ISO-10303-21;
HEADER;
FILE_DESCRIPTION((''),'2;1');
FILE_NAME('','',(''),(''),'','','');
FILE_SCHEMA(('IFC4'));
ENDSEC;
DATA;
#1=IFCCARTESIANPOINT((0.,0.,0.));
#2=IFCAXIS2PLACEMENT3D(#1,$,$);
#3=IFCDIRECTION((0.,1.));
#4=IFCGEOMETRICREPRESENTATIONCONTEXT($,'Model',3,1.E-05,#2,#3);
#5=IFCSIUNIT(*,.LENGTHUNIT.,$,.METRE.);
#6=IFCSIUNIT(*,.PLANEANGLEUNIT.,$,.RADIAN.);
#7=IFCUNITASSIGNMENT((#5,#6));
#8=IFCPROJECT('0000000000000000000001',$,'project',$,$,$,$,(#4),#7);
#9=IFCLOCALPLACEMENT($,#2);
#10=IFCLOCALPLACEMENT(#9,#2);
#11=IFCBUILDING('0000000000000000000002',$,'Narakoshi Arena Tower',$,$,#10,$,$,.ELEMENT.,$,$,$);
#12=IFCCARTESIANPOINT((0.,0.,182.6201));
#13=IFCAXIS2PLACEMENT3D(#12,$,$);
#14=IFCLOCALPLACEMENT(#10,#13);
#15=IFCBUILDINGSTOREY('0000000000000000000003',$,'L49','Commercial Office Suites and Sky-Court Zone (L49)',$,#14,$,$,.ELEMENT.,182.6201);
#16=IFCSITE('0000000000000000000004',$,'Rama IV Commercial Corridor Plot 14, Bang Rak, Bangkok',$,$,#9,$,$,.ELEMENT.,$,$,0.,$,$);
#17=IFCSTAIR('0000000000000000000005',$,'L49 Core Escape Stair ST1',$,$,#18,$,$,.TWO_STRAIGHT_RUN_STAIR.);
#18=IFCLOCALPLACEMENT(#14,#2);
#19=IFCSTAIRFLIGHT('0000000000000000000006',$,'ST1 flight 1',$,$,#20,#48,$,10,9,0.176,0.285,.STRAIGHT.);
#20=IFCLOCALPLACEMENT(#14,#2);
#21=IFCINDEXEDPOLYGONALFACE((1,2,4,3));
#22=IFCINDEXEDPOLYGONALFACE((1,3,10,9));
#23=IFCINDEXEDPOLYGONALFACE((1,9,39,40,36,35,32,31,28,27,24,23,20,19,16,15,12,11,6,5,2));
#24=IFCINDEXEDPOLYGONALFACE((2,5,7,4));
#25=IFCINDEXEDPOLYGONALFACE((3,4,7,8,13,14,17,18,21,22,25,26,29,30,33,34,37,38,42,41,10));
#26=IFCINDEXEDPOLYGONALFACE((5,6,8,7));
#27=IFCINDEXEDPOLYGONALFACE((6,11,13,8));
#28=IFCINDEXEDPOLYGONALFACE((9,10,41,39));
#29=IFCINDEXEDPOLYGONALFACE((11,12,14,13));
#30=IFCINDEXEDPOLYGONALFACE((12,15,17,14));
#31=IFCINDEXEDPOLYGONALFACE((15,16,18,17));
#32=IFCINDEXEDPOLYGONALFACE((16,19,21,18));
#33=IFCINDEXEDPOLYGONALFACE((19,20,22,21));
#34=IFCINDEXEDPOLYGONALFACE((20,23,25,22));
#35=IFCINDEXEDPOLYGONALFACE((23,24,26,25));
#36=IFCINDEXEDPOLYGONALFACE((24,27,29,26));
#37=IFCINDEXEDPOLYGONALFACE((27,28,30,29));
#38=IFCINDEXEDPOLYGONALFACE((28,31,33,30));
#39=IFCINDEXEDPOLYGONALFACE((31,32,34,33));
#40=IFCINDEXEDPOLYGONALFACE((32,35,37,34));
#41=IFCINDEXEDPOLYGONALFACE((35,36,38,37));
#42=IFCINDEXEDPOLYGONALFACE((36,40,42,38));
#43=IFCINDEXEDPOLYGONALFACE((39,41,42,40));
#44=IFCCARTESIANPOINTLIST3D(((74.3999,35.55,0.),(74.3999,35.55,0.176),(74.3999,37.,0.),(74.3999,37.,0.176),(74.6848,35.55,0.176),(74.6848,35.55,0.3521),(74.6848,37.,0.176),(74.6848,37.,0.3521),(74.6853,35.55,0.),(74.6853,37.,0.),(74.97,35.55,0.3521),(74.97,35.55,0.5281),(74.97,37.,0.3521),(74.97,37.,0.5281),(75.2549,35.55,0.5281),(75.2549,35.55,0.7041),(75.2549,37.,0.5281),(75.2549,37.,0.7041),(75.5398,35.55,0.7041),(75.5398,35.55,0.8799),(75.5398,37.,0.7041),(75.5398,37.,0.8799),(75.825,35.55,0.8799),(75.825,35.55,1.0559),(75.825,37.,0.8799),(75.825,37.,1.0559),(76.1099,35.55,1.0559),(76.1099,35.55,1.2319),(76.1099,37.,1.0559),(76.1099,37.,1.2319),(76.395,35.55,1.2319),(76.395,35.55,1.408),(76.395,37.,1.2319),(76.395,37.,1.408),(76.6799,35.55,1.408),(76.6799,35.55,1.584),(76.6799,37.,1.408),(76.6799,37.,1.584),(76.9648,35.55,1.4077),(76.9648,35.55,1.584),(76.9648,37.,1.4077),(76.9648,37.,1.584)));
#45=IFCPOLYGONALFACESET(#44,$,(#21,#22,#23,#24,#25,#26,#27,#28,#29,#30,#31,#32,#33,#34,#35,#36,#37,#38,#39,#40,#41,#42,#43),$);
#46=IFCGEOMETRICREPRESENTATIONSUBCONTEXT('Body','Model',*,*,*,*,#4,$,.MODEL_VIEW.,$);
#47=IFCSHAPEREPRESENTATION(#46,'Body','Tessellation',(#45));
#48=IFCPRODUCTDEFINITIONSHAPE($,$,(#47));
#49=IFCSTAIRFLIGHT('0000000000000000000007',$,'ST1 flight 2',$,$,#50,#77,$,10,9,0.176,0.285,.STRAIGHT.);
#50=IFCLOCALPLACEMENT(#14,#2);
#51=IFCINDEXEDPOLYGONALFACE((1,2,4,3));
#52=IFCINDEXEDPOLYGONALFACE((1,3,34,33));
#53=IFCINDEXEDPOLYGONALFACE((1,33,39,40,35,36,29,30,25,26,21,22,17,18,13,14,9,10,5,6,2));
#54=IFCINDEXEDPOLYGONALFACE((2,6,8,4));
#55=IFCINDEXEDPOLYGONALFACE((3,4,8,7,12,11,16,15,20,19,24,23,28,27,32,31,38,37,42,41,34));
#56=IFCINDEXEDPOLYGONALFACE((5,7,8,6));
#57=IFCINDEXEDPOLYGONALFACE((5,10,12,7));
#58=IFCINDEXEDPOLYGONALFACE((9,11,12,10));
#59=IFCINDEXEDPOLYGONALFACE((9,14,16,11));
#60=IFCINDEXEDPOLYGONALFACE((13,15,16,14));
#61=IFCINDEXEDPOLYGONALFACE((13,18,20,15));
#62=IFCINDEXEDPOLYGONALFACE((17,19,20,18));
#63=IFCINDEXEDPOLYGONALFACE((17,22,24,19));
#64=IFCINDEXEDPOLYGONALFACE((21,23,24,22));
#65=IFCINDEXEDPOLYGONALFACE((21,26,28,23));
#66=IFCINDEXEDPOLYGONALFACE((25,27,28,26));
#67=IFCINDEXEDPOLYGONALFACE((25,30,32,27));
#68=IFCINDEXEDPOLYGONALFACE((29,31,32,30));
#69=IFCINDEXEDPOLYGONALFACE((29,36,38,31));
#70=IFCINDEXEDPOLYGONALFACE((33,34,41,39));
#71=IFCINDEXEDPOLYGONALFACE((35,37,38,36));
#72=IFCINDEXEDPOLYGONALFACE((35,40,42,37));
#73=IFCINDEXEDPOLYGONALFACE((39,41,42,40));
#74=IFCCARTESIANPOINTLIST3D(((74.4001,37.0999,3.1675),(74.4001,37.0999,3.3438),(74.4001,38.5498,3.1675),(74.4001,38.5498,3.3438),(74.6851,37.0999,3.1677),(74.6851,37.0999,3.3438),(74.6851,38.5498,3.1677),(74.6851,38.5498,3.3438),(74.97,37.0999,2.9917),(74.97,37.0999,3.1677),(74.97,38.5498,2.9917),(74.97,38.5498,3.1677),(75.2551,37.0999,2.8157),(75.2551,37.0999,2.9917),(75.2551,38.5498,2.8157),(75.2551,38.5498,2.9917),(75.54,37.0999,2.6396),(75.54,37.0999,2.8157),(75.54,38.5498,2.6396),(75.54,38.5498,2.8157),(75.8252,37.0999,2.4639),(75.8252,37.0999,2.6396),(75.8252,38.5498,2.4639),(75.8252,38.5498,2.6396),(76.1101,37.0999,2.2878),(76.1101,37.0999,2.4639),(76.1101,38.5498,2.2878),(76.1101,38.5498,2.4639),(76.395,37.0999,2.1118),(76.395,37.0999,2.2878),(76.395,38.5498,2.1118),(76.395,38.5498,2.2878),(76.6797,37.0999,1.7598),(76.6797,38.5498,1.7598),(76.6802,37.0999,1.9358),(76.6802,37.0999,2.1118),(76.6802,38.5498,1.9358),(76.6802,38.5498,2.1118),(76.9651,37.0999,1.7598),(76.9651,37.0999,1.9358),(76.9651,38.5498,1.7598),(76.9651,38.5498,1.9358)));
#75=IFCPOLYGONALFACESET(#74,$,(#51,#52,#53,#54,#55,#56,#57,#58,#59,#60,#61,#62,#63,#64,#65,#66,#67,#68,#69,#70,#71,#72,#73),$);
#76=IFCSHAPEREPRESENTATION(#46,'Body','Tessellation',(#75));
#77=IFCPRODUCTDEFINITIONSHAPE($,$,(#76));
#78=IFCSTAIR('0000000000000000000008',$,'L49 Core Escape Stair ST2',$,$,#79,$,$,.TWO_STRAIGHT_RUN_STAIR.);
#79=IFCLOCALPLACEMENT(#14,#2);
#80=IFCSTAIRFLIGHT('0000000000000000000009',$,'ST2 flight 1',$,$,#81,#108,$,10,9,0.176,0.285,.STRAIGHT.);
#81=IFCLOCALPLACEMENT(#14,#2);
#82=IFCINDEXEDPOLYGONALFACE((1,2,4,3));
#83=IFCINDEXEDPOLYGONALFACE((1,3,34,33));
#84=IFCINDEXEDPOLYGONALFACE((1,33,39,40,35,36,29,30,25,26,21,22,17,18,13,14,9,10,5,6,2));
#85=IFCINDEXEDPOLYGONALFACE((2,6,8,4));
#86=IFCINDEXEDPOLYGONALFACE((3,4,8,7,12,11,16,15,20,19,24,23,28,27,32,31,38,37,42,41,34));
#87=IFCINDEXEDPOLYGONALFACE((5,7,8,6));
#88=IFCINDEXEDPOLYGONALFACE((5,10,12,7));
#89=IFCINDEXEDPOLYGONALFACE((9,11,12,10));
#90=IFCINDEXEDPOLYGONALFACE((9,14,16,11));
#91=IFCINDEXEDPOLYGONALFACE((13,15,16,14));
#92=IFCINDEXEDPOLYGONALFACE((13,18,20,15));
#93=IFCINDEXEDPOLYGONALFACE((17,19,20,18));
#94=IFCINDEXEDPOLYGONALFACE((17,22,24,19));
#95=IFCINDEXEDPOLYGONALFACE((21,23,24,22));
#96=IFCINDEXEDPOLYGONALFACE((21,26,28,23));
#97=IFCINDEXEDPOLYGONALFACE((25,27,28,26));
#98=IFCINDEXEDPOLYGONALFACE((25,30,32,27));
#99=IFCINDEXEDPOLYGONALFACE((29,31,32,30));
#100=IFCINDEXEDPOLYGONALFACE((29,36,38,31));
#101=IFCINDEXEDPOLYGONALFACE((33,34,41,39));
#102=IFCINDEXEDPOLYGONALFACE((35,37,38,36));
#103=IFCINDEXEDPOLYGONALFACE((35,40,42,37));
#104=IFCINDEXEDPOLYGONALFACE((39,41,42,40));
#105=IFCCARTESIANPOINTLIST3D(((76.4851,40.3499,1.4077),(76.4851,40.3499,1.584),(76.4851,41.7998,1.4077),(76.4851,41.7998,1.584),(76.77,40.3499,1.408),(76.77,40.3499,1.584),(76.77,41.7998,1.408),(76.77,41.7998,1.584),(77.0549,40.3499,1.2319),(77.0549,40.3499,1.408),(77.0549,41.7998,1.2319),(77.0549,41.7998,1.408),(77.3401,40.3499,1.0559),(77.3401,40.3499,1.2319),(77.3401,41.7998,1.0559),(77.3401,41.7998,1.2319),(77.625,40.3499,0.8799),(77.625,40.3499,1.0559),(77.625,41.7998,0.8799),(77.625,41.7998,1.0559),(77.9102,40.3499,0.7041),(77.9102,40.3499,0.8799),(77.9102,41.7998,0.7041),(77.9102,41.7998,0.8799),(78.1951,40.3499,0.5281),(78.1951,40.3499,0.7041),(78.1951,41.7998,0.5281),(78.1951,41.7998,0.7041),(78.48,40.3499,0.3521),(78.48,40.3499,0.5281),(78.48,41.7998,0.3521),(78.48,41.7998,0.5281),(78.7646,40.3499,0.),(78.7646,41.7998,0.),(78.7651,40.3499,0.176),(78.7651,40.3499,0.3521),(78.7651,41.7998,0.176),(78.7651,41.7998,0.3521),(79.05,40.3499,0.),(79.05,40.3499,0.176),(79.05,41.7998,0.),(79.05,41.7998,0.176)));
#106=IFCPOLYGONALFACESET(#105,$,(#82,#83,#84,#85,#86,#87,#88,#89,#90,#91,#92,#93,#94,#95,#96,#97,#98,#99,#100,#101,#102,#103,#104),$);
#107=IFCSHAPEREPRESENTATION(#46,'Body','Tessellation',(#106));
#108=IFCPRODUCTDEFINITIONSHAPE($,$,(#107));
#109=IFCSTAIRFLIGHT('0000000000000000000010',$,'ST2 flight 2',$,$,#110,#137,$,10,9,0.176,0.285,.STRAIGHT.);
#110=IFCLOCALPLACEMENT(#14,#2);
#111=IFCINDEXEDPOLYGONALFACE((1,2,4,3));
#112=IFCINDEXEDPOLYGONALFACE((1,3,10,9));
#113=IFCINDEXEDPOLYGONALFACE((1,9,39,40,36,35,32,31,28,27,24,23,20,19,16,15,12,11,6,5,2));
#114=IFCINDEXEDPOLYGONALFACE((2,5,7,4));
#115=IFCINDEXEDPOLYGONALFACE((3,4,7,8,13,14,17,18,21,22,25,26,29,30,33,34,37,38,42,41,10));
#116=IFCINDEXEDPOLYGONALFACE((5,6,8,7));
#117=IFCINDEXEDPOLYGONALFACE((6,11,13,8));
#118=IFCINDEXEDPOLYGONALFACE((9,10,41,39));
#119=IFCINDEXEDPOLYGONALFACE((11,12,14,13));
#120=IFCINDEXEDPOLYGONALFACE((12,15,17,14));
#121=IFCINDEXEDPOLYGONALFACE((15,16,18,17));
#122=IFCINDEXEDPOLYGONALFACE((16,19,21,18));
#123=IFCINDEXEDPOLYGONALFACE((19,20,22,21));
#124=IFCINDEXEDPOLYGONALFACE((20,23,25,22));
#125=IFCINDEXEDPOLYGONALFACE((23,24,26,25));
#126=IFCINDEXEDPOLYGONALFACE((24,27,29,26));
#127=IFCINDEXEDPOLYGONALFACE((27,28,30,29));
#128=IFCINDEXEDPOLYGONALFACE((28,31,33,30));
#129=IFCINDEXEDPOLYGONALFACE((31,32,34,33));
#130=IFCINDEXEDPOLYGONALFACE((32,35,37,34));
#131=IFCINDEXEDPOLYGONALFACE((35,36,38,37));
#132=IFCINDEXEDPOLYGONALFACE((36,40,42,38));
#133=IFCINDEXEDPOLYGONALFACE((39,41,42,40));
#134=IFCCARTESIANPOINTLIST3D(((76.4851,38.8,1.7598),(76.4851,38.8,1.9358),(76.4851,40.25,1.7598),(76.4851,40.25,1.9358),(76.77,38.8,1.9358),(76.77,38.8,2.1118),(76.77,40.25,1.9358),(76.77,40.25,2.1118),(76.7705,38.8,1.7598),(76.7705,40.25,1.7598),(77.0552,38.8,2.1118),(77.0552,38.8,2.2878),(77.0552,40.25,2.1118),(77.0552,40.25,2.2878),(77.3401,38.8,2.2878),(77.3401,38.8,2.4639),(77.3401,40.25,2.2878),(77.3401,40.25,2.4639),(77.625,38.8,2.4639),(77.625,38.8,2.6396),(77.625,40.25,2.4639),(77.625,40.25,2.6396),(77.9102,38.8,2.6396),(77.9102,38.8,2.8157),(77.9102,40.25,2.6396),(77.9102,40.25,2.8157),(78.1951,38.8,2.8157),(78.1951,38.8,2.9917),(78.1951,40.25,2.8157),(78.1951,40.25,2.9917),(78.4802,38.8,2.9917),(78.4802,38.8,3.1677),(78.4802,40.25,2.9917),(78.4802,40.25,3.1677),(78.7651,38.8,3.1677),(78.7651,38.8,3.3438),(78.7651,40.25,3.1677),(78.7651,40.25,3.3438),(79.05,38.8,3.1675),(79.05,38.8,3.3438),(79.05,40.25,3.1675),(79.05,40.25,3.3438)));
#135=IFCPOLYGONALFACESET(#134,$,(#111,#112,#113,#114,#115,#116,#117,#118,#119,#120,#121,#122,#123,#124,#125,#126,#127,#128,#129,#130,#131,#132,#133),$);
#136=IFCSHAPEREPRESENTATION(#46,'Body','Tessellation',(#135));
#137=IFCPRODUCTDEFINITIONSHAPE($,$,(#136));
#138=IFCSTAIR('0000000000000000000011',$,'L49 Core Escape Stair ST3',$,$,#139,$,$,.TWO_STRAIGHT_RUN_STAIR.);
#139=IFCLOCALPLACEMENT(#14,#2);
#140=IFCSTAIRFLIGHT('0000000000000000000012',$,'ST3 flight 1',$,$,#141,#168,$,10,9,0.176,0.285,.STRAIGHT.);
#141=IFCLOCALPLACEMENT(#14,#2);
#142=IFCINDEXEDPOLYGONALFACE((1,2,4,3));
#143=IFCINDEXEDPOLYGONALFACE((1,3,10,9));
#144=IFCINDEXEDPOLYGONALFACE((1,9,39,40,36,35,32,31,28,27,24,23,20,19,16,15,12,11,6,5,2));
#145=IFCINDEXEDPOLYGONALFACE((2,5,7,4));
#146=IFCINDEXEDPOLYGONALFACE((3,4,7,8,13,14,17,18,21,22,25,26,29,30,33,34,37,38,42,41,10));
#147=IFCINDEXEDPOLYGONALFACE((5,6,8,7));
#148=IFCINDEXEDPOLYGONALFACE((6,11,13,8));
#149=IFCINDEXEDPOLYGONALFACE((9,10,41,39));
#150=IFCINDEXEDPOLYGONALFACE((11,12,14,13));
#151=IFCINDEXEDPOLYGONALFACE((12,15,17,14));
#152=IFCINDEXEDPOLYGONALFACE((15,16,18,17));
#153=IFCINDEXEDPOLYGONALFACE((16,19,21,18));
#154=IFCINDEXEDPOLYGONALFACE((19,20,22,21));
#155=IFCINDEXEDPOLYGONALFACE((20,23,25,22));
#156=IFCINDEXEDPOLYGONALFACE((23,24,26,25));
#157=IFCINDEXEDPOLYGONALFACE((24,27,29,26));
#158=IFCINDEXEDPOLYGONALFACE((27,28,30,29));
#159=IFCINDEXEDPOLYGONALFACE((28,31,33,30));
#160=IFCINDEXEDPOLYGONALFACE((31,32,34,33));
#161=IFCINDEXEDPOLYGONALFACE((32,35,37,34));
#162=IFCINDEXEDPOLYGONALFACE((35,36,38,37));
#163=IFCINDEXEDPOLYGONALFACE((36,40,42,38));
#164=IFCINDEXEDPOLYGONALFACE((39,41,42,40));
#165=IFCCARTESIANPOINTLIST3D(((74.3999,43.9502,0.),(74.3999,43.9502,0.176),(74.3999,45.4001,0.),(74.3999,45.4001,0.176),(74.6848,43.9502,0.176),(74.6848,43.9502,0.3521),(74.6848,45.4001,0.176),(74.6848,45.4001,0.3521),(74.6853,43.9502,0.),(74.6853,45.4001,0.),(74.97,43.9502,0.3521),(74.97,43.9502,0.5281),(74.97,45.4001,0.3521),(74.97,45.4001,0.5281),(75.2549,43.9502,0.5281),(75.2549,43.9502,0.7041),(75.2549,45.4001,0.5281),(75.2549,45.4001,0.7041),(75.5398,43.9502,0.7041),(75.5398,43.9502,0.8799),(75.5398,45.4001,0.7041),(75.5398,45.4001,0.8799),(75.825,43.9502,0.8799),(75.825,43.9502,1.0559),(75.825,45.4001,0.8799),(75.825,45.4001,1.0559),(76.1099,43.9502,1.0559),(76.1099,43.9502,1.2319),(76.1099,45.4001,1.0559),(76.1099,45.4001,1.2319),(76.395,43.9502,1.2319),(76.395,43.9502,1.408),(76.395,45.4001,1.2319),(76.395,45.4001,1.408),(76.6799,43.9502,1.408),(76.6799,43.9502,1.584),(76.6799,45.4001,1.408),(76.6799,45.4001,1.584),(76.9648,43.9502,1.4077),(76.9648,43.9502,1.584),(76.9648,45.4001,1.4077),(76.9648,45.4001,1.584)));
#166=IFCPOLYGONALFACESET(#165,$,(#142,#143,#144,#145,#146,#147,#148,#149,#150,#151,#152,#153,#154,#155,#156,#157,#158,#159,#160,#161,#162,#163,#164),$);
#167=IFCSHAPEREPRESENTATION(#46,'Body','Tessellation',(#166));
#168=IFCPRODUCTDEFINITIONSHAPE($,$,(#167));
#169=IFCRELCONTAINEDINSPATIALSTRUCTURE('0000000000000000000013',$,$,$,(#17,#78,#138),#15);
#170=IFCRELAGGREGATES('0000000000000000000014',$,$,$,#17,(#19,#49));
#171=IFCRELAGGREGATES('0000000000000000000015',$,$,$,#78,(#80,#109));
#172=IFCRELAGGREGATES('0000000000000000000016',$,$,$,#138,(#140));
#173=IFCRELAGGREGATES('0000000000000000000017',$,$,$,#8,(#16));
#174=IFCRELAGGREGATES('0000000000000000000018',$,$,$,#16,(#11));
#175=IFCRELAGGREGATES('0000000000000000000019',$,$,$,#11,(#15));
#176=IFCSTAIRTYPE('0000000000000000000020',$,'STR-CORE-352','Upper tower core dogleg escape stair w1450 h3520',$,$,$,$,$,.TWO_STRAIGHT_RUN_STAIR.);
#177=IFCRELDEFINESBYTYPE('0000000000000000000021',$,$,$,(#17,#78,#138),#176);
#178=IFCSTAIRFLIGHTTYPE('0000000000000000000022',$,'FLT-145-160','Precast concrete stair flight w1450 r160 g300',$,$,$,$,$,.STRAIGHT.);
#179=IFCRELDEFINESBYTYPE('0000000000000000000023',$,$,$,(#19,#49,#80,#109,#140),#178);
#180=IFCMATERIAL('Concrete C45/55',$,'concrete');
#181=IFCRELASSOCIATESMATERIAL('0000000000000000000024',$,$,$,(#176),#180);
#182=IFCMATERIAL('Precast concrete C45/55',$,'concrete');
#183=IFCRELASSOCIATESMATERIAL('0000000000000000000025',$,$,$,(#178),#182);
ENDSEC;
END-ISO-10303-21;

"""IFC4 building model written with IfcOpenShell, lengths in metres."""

from ifc_helpers import new_model, si_unit, direction, frame, origin, place, context, subcontext, project, spatial, polyline, outline, extrude, material, type_object, element, aggregate, save


model = new_model("IFC4")

# Units and contexts
model_context = context("Model", 3, precision=1e-05, world=origin(), true_north=direction((0.0, 1.0)))
body_context = subcontext(model_context, "Body", "Model", "MODEL_VIEW")
ifc_project = project(units=[si_unit("LENGTHUNIT", "METRE"), si_unit("PLANEANGLEUNIT", "RADIAN")], contexts=[model_context])

# Site, building, storey
site_placement = place(None, origin())
site = spatial("IfcSite", under=ifc_project, at=site_placement, Name="Rama IV Commercial Corridor Plot 14, Bang Rak, Bangkok", CompositionType="ELEMENT", RefElevation=0.0)
building_placement = place(site_placement, origin())
building = spatial("IfcBuilding", under=site, at=building_placement, Name="Narakoshi Arena Tower", CompositionType="ELEMENT")
storey_placement = place(building_placement, frame((0.0, 0.0, 182.6201)))
storey = spatial("IfcBuildingStorey", under=building, at=storey_placement, Name="L49", Description="Commercial Office Suites and Sky-Court Zone (L49)", CompositionType="ELEMENT", Elevation=182.6201)

# Shared definitions
ifc_material_1 = material(Name="Precast concrete C45/55", Category="concrete")

# Stairs, stair flights
ifc_material_2 = material(Name="Concrete C45/55", Category="concrete")
stair_type = type_object("IfcStairType", Name="STR-CORE-352", Description="Upper tower core dogleg escape stair w1450 h3520", PredefinedType="TWO_STRAIGHT_RUN_STAIR", material=ifc_material_2)
stair_1_placement = place(storey_placement, origin())
stair_1 = element("IfcStair", 1, at=stair_1_placement, inside=storey, type_object=stair_type, Name="L49 Core Escape Stair ST1", PredefinedType="TWO_STRAIGHT_RUN_STAIR")
stair_flight_type = type_object("IfcStairFlightType", Name="FLT-145-160", Description="Precast concrete stair flight w1450 r160 g300", PredefinedType="STRAIGHT", material=ifc_material_1)
stair_flight_1_placement = place(storey_placement, frame((74.3999, 36.2749, 0.0), z_axis=(0.0, 0.0, 1.0), x_axis=(1.0, 0.0, 0.0)))
stair_flight_1 = element("IfcStairFlight", 2, at=stair_flight_1_placement, type_object=stair_flight_type, Name="ST1 flight 1", NumberOfRisers=10, NumberOfTreads=9, PredefinedType="STRAIGHT", RiserHeight=0.176, TreadLength=0.285, context=body_context, shape_type="SweptSolid", body=[
    extrude(outline(polyline([(0.0, 0.0), (0.0, 0.176), (0.2849, 0.176), (0.2849, 0.3521), (0.5701, 0.3521), (0.5701, 0.5281), (0.855, 0.5281), (0.855, 0.7041), (1.1399, 0.7041), (1.1399, 0.8799), (1.425, 0.8799), (1.425, 1.0559), (1.71, 1.0559), (1.71, 1.2319), (1.9951, 1.2319), (1.9951, 1.408), (2.28, 1.408), (2.28, 1.584), (2.5649, 1.584), (2.5649, 1.76), (2.5649, 1.4077), (0.2854, 0.0), (0.0, 0.0)])), frame((0.0, 0.7251, 0.0), z_axis=(0.0, -1.0, 0.0), x_axis=(1.0, 0.0, 0.0)), (0.0, 0.0, 1.0), 1.45),
])
stair_flight_2_placement = place(storey_placement, frame((76.9651, 37.825, 1.7598), z_axis=(0.0, 0.0, 1.0), x_axis=(-1.0, 0.0, 0.0)))
stair_flight_2 = element("IfcStairFlight", 3, at=stair_flight_2_placement, type_object=stair_flight_type, Name="ST1 flight 2", NumberOfRisers=10, NumberOfTreads=9, PredefinedType="STRAIGHT", RiserHeight=0.176, TreadLength=0.285, context=body_context, shape_type="SweptSolid", body=[
    extrude(outline(polyline([(0.0, 0.0), (0.0, 0.176), (0.2849, 0.176), (0.2849, 0.3521), (0.5701, 0.3521), (0.5701, 0.5281), (0.855, 0.5281), (0.855, 0.7041), (1.1399, 0.7041), (1.1399, 0.8799), (1.425, 0.8799), (1.425, 1.0559), (1.71, 1.0559), (1.71, 1.2319), (1.9951, 1.2319), (1.9951, 1.408), (2.28, 1.408), (2.28, 1.584), (2.5649, 1.584), (2.5649, 1.76), (2.5649, 1.4077), (0.2854, 0.0), (0.0, 0.0)])), frame((0.0, 0.7251, 0.0), z_axis=(0.0, -1.0, 0.0), x_axis=(1.0, 0.0, 0.0)), (0.0, 0.0, 1.0), 1.45),
])
aggregate(stair_1, [stair_flight_1, stair_flight_2])
stair_2_placement = place(storey_placement, origin())
stair_2 = element("IfcStair", 4, at=stair_2_placement, inside=storey, type_object=stair_type, Name="L49 Core Escape Stair ST2", PredefinedType="TWO_STRAIGHT_RUN_STAIR")
stair_flight_3_placement = place(storey_placement, frame((79.05, 41.075, 0.0), z_axis=(0.0, 0.0, 1.0), x_axis=(-1.0, 0.0, 0.0)))
stair_flight_3 = element("IfcStairFlight", 5, at=stair_flight_3_placement, type_object=stair_flight_type, Name="ST2 flight 1", NumberOfRisers=10, NumberOfTreads=9, PredefinedType="STRAIGHT", RiserHeight=0.176, TreadLength=0.285, context=body_context, shape_type="SweptSolid", body=[
    extrude(outline(polyline([(0.0, 0.0), (0.0, 0.176), (0.2849, 0.176), (0.2849, 0.3521), (0.5701, 0.3521), (0.5701, 0.5281), (0.855, 0.5281), (0.855, 0.7041), (1.1399, 0.7041), (1.1399, 0.8799), (1.425, 0.8799), (1.425, 1.0559), (1.71, 1.0559), (1.71, 1.2319), (1.9951, 1.2319), (1.9951, 1.408), (2.28, 1.408), (2.28, 1.584), (2.5649, 1.584), (2.5649, 1.76), (2.5649, 1.4077), (0.2854, 0.0), (0.0, 0.0)])), frame((0.0, 0.7251, 0.0), z_axis=(0.0, -1.0, 0.0), x_axis=(1.0, 0.0, 0.0)), (0.0, 0.0, 1.0), 1.45),
])
stair_flight_4_placement = place(storey_placement, frame((76.4851, 39.5249, 1.7598), z_axis=(0.0, 0.0, 1.0), x_axis=(1.0, 0.0, 0.0)))
stair_flight_4 = element("IfcStairFlight", 6, at=stair_flight_4_placement, type_object=stair_flight_type, Name="ST2 flight 2", NumberOfRisers=10, NumberOfTreads=9, PredefinedType="STRAIGHT", RiserHeight=0.176, TreadLength=0.285, context=body_context, shape_type="SweptSolid", body=[
    extrude(outline(polyline([(0.0, 0.0), (0.0, 0.176), (0.2849, 0.176), (0.2849, 0.3521), (0.5701, 0.3521), (0.5701, 0.5281), (0.855, 0.5281), (0.855, 0.7041), (1.1399, 0.7041), (1.1399, 0.8799), (1.425, 0.8799), (1.425, 1.0559), (1.71, 1.0559), (1.71, 1.2319), (1.9951, 1.2319), (1.9951, 1.408), (2.28, 1.408), (2.28, 1.584), (2.5649, 1.584), (2.5649, 1.76), (2.5649, 1.4077), (0.2854, 0.0), (0.0, 0.0)])), frame((0.0, 0.7251, 0.0), z_axis=(0.0, -1.0, 0.0), x_axis=(1.0, 0.0, 0.0)), (0.0, 0.0, 1.0), 1.45),
])
aggregate(stair_2, [stair_flight_3, stair_flight_4])

# Stair, stair flight
stair_3_placement = place(storey_placement, origin())
stair_3 = element("IfcStair", 7, at=stair_3_placement, inside=storey, type_object=stair_type, Name="L49 Core Escape Stair ST3", PredefinedType="TWO_STRAIGHT_RUN_STAIR")
stair_flight_5_placement = place(storey_placement, frame((74.3999, 44.675, 0.0), z_axis=(0.0, 0.0, 1.0), x_axis=(1.0, 0.0, 0.0)))
stair_flight_5 = element("IfcStairFlight", 8, at=stair_flight_5_placement, type_object=stair_flight_type, Name="ST3 flight 1", NumberOfRisers=10, NumberOfTreads=9, PredefinedType="STRAIGHT", RiserHeight=0.176, TreadLength=0.285, context=body_context, shape_type="SweptSolid", body=[
    extrude(outline(polyline([(0.0, 0.0), (0.0, 0.176), (0.2849, 0.176), (0.2849, 0.3521), (0.5701, 0.3521), (0.5701, 0.5281), (0.855, 0.5281), (0.855, 0.7041), (1.1399, 0.7041), (1.1399, 0.8799), (1.425, 0.8799), (1.425, 1.0559), (1.71, 1.0559), (1.71, 1.2319), (1.9951, 1.2319), (1.9951, 1.408), (2.28, 1.408), (2.28, 1.584), (2.5649, 1.584), (2.5649, 1.76), (2.5649, 1.4077), (0.2854, 0.0), (0.0, 0.0)])), frame((0.0, 0.7251, 0.0), z_axis=(0.0, -1.0, 0.0), x_axis=(1.0, 0.0, 0.0)), (0.0, 0.0, 1.0), 1.45),
])
aggregate(stair_3, [stair_flight_5])

save(model, "model.ifc")
